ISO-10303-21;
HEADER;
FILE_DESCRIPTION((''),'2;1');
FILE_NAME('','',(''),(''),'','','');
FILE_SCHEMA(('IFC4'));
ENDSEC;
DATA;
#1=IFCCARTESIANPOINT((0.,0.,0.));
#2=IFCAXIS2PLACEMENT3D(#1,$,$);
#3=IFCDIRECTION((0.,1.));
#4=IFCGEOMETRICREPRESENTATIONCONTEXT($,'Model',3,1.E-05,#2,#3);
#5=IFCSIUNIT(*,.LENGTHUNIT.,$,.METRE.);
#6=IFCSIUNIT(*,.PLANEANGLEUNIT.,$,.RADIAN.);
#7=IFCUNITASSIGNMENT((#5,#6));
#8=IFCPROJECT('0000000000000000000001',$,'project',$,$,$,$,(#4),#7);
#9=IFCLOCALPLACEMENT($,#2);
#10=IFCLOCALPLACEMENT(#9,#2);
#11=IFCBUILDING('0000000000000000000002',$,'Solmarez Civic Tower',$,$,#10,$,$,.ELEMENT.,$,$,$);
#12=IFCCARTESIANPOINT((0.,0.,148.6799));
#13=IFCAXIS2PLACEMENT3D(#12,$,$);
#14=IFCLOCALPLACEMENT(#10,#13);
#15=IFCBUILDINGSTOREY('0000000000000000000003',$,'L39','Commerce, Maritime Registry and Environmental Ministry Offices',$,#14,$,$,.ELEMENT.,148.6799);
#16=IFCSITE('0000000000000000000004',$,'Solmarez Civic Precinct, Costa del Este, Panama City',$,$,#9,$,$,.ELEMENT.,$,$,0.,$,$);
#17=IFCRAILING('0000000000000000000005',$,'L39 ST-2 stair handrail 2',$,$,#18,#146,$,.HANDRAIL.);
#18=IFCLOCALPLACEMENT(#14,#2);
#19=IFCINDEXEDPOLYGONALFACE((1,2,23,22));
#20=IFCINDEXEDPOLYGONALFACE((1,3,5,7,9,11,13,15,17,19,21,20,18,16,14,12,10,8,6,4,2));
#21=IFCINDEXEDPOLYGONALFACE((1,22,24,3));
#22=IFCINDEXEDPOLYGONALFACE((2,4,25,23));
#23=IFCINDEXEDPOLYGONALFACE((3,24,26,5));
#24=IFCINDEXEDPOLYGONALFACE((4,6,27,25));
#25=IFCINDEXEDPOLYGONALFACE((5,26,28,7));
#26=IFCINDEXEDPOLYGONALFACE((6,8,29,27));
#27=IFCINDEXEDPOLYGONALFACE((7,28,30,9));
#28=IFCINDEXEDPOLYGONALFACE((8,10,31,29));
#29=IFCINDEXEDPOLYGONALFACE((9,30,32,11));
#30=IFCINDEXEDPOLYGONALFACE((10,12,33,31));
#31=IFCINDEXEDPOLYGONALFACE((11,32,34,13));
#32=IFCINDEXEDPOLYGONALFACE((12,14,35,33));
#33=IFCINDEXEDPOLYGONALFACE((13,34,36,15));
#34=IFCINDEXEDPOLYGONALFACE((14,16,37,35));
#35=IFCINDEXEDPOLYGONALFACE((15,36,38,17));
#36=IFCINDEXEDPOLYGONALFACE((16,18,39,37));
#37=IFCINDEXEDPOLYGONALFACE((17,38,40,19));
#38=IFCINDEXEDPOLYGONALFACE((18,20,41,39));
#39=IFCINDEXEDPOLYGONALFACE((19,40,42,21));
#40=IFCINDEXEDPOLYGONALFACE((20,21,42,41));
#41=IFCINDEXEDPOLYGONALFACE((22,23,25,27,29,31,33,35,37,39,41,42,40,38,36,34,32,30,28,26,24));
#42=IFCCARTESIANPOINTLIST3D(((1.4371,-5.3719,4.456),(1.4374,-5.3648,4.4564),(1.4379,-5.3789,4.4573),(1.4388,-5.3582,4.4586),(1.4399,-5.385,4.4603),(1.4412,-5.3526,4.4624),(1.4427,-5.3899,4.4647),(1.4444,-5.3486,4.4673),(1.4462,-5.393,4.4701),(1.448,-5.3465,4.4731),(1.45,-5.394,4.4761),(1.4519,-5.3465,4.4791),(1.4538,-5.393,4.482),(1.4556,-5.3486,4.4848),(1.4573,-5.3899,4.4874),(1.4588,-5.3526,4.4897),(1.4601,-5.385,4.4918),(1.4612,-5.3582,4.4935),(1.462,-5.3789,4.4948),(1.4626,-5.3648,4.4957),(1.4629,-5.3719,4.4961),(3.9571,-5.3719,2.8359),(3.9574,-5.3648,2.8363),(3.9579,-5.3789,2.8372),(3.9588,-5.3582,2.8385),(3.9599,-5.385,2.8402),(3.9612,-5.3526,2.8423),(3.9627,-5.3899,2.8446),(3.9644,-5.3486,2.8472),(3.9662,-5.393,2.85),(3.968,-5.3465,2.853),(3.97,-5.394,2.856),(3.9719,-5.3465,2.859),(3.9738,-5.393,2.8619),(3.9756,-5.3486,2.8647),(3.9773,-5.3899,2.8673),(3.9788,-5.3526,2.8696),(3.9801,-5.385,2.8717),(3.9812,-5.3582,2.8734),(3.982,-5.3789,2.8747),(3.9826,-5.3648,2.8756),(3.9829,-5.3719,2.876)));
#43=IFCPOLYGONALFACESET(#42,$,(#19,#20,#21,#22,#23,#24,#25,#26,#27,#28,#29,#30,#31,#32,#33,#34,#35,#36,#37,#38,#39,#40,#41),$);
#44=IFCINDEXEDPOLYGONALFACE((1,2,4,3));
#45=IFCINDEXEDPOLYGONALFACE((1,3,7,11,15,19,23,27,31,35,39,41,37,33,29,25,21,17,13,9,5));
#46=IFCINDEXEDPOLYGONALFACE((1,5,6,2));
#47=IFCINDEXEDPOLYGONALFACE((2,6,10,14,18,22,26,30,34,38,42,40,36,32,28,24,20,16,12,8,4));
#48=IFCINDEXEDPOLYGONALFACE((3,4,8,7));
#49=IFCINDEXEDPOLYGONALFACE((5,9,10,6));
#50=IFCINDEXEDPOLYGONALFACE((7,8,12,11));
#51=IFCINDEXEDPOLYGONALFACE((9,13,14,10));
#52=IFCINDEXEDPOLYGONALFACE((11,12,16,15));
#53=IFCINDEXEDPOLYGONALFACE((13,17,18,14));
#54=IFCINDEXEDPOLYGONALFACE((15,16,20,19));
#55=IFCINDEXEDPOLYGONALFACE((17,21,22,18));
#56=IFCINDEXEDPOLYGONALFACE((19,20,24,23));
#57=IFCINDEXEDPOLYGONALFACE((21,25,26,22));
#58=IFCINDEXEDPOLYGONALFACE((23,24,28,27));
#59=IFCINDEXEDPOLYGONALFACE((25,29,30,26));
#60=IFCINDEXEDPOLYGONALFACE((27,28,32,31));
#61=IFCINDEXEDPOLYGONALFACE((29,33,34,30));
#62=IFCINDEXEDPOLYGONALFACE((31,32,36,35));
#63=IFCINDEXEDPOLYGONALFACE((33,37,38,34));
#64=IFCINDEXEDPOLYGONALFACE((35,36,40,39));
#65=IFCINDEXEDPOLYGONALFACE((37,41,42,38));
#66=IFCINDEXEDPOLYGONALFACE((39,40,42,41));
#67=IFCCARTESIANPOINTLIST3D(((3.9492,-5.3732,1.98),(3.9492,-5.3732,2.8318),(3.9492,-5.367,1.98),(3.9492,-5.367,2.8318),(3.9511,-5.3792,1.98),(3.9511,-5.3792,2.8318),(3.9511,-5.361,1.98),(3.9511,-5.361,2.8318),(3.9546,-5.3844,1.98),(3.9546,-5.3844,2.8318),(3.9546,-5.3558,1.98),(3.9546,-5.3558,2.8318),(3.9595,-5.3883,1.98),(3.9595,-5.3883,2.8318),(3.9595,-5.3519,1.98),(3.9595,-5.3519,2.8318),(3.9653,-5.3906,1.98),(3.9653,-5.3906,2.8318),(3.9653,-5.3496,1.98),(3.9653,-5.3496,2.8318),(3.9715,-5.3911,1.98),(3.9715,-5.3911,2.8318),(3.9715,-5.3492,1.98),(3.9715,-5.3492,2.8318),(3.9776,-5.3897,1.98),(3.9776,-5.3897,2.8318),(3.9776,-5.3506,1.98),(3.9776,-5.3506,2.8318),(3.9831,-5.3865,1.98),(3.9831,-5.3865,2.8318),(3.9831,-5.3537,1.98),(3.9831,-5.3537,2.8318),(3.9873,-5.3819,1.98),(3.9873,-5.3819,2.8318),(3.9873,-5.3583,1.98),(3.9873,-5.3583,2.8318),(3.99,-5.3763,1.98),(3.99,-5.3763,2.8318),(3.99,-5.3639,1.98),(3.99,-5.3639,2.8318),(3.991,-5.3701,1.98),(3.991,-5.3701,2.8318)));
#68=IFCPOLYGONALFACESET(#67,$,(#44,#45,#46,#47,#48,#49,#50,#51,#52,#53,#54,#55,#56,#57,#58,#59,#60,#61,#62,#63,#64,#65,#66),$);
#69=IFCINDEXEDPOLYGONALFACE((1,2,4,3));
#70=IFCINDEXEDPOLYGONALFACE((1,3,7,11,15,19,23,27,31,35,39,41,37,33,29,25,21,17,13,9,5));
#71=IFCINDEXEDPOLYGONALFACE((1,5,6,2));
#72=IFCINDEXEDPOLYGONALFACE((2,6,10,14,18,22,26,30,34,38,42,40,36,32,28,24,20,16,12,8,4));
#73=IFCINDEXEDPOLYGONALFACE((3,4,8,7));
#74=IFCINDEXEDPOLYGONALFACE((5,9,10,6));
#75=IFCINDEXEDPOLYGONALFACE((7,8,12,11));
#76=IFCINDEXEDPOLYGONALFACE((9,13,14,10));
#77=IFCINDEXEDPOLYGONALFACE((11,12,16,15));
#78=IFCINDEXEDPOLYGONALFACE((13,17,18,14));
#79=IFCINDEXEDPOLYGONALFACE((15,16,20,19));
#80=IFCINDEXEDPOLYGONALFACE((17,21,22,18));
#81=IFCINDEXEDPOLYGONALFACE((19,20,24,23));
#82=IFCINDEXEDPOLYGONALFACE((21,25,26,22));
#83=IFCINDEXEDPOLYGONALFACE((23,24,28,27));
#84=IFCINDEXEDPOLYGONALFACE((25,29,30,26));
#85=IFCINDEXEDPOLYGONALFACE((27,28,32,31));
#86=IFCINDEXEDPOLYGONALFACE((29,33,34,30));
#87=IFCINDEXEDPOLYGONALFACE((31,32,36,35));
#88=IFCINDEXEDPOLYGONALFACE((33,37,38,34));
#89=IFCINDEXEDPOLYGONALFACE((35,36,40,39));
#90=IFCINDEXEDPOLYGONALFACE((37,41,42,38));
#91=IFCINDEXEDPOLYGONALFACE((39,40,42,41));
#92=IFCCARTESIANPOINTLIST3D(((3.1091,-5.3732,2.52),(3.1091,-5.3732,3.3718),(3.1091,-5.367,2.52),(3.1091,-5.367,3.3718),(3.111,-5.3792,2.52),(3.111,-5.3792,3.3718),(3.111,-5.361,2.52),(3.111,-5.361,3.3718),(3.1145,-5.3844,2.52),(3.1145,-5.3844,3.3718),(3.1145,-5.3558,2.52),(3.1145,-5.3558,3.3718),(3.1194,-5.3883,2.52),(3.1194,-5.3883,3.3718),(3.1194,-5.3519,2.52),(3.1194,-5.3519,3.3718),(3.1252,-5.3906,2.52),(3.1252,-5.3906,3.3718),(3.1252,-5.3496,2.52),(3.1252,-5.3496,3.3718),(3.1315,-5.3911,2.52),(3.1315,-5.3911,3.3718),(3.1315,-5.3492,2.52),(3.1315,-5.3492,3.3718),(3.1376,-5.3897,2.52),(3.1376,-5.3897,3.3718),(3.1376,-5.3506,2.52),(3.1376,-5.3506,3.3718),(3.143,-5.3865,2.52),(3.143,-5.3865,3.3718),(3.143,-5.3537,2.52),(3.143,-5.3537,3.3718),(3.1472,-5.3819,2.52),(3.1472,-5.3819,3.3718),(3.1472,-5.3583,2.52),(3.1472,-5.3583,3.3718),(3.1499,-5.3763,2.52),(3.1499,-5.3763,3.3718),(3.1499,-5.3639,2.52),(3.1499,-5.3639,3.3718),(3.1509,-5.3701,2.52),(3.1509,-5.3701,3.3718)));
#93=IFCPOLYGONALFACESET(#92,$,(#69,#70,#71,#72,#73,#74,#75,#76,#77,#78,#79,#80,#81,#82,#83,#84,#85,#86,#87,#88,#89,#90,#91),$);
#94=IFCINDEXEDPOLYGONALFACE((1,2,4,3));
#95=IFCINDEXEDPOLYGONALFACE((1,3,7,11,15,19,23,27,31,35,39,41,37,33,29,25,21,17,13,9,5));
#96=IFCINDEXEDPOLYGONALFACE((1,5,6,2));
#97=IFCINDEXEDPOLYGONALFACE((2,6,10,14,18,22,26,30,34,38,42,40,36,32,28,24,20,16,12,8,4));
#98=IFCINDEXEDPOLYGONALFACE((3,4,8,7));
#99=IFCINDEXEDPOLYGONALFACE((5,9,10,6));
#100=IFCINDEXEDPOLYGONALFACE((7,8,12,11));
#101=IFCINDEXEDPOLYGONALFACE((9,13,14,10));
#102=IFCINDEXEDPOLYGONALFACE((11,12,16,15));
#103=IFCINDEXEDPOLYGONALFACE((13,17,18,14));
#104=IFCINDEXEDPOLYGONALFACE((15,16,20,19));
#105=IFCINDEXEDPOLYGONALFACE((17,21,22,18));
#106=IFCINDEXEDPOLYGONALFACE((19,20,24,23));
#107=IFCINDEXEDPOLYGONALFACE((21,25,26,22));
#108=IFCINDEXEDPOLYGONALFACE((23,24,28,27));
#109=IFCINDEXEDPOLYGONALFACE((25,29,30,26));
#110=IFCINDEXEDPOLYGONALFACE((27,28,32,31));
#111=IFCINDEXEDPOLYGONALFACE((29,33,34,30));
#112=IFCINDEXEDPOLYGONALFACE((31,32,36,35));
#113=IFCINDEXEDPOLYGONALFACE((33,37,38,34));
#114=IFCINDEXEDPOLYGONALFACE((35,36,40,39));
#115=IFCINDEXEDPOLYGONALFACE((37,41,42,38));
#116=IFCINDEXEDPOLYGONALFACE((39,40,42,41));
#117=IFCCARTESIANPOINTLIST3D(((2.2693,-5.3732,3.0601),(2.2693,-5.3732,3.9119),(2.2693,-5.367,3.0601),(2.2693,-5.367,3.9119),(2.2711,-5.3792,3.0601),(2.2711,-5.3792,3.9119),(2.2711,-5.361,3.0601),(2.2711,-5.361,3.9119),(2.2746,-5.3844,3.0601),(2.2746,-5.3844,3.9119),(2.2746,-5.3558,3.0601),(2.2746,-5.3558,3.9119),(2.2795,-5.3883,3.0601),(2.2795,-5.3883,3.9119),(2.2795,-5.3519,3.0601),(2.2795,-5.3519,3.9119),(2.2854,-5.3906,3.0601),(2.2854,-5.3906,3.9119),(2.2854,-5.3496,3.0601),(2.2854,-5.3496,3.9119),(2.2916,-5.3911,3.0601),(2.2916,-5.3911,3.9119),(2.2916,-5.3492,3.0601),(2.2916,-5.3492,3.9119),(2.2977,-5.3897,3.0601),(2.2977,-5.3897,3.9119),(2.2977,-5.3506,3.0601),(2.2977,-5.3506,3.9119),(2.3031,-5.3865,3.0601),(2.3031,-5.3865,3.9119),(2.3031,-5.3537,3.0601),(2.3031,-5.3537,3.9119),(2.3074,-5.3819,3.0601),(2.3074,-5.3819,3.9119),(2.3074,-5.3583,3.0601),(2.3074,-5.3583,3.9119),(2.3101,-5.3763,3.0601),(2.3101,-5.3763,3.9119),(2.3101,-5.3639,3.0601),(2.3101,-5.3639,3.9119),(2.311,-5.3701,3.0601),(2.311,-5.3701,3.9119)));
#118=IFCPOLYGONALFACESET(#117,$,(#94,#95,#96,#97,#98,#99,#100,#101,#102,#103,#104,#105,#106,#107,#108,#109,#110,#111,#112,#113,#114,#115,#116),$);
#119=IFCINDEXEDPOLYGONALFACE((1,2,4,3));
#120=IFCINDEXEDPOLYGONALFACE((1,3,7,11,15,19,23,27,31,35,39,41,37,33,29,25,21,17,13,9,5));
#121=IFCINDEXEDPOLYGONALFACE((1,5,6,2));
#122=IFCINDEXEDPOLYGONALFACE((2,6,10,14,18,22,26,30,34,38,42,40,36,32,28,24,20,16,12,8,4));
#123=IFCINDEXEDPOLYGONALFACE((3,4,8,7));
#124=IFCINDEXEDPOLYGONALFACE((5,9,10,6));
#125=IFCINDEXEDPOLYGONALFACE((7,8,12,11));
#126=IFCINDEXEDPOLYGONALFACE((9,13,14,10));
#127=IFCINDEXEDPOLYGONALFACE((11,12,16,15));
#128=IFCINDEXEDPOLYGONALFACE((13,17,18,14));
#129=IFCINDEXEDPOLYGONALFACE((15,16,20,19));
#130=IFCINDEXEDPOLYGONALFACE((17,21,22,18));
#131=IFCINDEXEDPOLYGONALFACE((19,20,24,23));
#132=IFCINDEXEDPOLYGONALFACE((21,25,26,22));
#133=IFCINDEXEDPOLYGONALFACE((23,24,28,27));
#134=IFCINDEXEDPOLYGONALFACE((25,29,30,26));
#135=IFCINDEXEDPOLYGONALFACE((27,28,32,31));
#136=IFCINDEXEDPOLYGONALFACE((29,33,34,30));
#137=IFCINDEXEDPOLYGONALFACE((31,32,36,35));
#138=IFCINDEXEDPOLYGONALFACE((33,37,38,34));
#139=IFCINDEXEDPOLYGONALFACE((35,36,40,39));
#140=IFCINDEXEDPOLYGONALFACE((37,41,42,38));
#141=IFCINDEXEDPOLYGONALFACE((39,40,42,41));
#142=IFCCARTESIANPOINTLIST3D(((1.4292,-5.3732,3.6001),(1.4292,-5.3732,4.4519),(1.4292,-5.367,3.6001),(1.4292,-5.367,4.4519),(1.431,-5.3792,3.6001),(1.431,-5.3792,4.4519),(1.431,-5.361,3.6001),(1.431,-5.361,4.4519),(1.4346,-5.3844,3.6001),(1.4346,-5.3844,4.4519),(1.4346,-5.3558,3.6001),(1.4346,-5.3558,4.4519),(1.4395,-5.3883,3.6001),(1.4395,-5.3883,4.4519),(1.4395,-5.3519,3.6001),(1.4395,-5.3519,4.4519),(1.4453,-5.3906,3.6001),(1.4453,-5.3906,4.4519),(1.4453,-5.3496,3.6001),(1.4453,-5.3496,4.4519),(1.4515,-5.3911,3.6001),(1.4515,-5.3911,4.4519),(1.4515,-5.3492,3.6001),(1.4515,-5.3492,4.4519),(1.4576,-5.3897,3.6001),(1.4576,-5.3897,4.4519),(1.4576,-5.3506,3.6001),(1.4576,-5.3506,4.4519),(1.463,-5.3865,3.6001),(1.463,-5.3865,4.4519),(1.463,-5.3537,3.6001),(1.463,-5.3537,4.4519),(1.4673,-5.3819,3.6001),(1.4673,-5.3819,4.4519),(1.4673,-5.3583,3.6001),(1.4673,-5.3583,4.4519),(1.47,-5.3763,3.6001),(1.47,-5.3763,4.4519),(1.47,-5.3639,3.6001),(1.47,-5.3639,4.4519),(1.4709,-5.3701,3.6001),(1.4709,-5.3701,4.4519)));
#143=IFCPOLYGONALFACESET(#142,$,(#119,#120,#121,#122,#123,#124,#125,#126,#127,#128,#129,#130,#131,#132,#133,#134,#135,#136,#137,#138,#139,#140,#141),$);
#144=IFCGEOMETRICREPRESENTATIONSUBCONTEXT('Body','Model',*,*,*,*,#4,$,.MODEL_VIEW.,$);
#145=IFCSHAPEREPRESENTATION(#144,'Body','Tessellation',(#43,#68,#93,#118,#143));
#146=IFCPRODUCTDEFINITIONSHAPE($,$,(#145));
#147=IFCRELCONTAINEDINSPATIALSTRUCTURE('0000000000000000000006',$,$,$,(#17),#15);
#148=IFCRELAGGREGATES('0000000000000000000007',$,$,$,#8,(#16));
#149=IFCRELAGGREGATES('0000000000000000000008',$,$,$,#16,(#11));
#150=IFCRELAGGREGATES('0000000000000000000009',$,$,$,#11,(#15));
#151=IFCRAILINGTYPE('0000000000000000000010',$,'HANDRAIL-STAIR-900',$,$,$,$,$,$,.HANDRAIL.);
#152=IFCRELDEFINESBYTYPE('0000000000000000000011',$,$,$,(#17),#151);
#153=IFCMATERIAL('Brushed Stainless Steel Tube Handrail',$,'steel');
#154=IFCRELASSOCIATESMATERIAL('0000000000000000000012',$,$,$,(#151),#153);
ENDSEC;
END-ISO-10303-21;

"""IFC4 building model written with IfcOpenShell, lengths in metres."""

from ifc_helpers import new_model, si_unit, direction, frame, origin, origin_2d, place, context, subcontext, project, spatial, circle, extrude, material, type_object, element, save


model = new_model("IFC4")

# Units and contexts
model_context = context("Model", 3, precision=1e-05, world=origin(), true_north=direction((0.0, 1.0)))
body_context = subcontext(model_context, "Body", "Model", "MODEL_VIEW")
ifc_project = project(units=[si_unit("LENGTHUNIT", "METRE"), si_unit("PLANEANGLEUNIT", "RADIAN")], contexts=[model_context])

# Site, building, storey
site_placement = place(None, origin())
site = spatial("IfcSite", under=ifc_project, at=site_placement, Name="Solmarez Civic Precinct, Costa del Este, Panama City", CompositionType="ELEMENT", RefElevation=0.0)
building_placement = place(site_placement, origin())
building = spatial("IfcBuilding", under=site, at=building_placement, Name="Solmarez Civic Tower", CompositionType="ELEMENT")
storey_placement = place(building_placement, frame((0.0, 0.0, 148.6799)))
storey = spatial("IfcBuildingStorey", under=building, at=storey_placement, Name="L39", Description="Commerce, Maritime Registry and Environmental Ministry Offices", CompositionType="ELEMENT", Elevation=148.6799)

# Railing
ifc_material_1 = material(Name="Brushed Stainless Steel Tube Handrail", Category="steel")
railing_type_1 = type_object("IfcRailingType", Name="HANDRAIL-STAIR-900", PredefinedType="HANDRAIL", material=ifc_material_1)
railing_1_placement = place(storey_placement, frame((3.97, -5.3701, 1.98)))
element("IfcRailing", 1, at=railing_1_placement, inside=storey, type_object=railing_type_1, Name="L39 ST-2 stair handrail 2", PredefinedType="HANDRAIL", context=body_context, shape_type="SweptSolid", body=[
    extrude(circle(Radius=0.0239, at=origin_2d()), frame((0.0, 0.0, 0.876), z_axis=(-0.841163, 0.0, 0.540782), x_axis=(0.0, -1.0, 0.0)), (0.0, 0.0, 1.0), 2.9958),
    extrude(circle(Radius=0.021, at=origin_2d()), origin(), (0.0, 0.0, 1.0), 0.8518),
    extrude(circle(Radius=0.021, at=origin_2d()), frame((-0.8401, 0.0, 0.54)), (0.0, 0.0, 1.0), 0.8518),
    extrude(circle(Radius=0.021, at=origin_2d()), frame((-1.6799, 0.0, 1.0801)), (0.0, 0.0, 1.0), 0.8518),
    extrude(circle(Radius=0.021, at=origin_2d()), frame((-2.52, 0.0, 1.6201)), (0.0, 0.0, 1.0), 0.8518),
])

save(model, "model.ifc")
